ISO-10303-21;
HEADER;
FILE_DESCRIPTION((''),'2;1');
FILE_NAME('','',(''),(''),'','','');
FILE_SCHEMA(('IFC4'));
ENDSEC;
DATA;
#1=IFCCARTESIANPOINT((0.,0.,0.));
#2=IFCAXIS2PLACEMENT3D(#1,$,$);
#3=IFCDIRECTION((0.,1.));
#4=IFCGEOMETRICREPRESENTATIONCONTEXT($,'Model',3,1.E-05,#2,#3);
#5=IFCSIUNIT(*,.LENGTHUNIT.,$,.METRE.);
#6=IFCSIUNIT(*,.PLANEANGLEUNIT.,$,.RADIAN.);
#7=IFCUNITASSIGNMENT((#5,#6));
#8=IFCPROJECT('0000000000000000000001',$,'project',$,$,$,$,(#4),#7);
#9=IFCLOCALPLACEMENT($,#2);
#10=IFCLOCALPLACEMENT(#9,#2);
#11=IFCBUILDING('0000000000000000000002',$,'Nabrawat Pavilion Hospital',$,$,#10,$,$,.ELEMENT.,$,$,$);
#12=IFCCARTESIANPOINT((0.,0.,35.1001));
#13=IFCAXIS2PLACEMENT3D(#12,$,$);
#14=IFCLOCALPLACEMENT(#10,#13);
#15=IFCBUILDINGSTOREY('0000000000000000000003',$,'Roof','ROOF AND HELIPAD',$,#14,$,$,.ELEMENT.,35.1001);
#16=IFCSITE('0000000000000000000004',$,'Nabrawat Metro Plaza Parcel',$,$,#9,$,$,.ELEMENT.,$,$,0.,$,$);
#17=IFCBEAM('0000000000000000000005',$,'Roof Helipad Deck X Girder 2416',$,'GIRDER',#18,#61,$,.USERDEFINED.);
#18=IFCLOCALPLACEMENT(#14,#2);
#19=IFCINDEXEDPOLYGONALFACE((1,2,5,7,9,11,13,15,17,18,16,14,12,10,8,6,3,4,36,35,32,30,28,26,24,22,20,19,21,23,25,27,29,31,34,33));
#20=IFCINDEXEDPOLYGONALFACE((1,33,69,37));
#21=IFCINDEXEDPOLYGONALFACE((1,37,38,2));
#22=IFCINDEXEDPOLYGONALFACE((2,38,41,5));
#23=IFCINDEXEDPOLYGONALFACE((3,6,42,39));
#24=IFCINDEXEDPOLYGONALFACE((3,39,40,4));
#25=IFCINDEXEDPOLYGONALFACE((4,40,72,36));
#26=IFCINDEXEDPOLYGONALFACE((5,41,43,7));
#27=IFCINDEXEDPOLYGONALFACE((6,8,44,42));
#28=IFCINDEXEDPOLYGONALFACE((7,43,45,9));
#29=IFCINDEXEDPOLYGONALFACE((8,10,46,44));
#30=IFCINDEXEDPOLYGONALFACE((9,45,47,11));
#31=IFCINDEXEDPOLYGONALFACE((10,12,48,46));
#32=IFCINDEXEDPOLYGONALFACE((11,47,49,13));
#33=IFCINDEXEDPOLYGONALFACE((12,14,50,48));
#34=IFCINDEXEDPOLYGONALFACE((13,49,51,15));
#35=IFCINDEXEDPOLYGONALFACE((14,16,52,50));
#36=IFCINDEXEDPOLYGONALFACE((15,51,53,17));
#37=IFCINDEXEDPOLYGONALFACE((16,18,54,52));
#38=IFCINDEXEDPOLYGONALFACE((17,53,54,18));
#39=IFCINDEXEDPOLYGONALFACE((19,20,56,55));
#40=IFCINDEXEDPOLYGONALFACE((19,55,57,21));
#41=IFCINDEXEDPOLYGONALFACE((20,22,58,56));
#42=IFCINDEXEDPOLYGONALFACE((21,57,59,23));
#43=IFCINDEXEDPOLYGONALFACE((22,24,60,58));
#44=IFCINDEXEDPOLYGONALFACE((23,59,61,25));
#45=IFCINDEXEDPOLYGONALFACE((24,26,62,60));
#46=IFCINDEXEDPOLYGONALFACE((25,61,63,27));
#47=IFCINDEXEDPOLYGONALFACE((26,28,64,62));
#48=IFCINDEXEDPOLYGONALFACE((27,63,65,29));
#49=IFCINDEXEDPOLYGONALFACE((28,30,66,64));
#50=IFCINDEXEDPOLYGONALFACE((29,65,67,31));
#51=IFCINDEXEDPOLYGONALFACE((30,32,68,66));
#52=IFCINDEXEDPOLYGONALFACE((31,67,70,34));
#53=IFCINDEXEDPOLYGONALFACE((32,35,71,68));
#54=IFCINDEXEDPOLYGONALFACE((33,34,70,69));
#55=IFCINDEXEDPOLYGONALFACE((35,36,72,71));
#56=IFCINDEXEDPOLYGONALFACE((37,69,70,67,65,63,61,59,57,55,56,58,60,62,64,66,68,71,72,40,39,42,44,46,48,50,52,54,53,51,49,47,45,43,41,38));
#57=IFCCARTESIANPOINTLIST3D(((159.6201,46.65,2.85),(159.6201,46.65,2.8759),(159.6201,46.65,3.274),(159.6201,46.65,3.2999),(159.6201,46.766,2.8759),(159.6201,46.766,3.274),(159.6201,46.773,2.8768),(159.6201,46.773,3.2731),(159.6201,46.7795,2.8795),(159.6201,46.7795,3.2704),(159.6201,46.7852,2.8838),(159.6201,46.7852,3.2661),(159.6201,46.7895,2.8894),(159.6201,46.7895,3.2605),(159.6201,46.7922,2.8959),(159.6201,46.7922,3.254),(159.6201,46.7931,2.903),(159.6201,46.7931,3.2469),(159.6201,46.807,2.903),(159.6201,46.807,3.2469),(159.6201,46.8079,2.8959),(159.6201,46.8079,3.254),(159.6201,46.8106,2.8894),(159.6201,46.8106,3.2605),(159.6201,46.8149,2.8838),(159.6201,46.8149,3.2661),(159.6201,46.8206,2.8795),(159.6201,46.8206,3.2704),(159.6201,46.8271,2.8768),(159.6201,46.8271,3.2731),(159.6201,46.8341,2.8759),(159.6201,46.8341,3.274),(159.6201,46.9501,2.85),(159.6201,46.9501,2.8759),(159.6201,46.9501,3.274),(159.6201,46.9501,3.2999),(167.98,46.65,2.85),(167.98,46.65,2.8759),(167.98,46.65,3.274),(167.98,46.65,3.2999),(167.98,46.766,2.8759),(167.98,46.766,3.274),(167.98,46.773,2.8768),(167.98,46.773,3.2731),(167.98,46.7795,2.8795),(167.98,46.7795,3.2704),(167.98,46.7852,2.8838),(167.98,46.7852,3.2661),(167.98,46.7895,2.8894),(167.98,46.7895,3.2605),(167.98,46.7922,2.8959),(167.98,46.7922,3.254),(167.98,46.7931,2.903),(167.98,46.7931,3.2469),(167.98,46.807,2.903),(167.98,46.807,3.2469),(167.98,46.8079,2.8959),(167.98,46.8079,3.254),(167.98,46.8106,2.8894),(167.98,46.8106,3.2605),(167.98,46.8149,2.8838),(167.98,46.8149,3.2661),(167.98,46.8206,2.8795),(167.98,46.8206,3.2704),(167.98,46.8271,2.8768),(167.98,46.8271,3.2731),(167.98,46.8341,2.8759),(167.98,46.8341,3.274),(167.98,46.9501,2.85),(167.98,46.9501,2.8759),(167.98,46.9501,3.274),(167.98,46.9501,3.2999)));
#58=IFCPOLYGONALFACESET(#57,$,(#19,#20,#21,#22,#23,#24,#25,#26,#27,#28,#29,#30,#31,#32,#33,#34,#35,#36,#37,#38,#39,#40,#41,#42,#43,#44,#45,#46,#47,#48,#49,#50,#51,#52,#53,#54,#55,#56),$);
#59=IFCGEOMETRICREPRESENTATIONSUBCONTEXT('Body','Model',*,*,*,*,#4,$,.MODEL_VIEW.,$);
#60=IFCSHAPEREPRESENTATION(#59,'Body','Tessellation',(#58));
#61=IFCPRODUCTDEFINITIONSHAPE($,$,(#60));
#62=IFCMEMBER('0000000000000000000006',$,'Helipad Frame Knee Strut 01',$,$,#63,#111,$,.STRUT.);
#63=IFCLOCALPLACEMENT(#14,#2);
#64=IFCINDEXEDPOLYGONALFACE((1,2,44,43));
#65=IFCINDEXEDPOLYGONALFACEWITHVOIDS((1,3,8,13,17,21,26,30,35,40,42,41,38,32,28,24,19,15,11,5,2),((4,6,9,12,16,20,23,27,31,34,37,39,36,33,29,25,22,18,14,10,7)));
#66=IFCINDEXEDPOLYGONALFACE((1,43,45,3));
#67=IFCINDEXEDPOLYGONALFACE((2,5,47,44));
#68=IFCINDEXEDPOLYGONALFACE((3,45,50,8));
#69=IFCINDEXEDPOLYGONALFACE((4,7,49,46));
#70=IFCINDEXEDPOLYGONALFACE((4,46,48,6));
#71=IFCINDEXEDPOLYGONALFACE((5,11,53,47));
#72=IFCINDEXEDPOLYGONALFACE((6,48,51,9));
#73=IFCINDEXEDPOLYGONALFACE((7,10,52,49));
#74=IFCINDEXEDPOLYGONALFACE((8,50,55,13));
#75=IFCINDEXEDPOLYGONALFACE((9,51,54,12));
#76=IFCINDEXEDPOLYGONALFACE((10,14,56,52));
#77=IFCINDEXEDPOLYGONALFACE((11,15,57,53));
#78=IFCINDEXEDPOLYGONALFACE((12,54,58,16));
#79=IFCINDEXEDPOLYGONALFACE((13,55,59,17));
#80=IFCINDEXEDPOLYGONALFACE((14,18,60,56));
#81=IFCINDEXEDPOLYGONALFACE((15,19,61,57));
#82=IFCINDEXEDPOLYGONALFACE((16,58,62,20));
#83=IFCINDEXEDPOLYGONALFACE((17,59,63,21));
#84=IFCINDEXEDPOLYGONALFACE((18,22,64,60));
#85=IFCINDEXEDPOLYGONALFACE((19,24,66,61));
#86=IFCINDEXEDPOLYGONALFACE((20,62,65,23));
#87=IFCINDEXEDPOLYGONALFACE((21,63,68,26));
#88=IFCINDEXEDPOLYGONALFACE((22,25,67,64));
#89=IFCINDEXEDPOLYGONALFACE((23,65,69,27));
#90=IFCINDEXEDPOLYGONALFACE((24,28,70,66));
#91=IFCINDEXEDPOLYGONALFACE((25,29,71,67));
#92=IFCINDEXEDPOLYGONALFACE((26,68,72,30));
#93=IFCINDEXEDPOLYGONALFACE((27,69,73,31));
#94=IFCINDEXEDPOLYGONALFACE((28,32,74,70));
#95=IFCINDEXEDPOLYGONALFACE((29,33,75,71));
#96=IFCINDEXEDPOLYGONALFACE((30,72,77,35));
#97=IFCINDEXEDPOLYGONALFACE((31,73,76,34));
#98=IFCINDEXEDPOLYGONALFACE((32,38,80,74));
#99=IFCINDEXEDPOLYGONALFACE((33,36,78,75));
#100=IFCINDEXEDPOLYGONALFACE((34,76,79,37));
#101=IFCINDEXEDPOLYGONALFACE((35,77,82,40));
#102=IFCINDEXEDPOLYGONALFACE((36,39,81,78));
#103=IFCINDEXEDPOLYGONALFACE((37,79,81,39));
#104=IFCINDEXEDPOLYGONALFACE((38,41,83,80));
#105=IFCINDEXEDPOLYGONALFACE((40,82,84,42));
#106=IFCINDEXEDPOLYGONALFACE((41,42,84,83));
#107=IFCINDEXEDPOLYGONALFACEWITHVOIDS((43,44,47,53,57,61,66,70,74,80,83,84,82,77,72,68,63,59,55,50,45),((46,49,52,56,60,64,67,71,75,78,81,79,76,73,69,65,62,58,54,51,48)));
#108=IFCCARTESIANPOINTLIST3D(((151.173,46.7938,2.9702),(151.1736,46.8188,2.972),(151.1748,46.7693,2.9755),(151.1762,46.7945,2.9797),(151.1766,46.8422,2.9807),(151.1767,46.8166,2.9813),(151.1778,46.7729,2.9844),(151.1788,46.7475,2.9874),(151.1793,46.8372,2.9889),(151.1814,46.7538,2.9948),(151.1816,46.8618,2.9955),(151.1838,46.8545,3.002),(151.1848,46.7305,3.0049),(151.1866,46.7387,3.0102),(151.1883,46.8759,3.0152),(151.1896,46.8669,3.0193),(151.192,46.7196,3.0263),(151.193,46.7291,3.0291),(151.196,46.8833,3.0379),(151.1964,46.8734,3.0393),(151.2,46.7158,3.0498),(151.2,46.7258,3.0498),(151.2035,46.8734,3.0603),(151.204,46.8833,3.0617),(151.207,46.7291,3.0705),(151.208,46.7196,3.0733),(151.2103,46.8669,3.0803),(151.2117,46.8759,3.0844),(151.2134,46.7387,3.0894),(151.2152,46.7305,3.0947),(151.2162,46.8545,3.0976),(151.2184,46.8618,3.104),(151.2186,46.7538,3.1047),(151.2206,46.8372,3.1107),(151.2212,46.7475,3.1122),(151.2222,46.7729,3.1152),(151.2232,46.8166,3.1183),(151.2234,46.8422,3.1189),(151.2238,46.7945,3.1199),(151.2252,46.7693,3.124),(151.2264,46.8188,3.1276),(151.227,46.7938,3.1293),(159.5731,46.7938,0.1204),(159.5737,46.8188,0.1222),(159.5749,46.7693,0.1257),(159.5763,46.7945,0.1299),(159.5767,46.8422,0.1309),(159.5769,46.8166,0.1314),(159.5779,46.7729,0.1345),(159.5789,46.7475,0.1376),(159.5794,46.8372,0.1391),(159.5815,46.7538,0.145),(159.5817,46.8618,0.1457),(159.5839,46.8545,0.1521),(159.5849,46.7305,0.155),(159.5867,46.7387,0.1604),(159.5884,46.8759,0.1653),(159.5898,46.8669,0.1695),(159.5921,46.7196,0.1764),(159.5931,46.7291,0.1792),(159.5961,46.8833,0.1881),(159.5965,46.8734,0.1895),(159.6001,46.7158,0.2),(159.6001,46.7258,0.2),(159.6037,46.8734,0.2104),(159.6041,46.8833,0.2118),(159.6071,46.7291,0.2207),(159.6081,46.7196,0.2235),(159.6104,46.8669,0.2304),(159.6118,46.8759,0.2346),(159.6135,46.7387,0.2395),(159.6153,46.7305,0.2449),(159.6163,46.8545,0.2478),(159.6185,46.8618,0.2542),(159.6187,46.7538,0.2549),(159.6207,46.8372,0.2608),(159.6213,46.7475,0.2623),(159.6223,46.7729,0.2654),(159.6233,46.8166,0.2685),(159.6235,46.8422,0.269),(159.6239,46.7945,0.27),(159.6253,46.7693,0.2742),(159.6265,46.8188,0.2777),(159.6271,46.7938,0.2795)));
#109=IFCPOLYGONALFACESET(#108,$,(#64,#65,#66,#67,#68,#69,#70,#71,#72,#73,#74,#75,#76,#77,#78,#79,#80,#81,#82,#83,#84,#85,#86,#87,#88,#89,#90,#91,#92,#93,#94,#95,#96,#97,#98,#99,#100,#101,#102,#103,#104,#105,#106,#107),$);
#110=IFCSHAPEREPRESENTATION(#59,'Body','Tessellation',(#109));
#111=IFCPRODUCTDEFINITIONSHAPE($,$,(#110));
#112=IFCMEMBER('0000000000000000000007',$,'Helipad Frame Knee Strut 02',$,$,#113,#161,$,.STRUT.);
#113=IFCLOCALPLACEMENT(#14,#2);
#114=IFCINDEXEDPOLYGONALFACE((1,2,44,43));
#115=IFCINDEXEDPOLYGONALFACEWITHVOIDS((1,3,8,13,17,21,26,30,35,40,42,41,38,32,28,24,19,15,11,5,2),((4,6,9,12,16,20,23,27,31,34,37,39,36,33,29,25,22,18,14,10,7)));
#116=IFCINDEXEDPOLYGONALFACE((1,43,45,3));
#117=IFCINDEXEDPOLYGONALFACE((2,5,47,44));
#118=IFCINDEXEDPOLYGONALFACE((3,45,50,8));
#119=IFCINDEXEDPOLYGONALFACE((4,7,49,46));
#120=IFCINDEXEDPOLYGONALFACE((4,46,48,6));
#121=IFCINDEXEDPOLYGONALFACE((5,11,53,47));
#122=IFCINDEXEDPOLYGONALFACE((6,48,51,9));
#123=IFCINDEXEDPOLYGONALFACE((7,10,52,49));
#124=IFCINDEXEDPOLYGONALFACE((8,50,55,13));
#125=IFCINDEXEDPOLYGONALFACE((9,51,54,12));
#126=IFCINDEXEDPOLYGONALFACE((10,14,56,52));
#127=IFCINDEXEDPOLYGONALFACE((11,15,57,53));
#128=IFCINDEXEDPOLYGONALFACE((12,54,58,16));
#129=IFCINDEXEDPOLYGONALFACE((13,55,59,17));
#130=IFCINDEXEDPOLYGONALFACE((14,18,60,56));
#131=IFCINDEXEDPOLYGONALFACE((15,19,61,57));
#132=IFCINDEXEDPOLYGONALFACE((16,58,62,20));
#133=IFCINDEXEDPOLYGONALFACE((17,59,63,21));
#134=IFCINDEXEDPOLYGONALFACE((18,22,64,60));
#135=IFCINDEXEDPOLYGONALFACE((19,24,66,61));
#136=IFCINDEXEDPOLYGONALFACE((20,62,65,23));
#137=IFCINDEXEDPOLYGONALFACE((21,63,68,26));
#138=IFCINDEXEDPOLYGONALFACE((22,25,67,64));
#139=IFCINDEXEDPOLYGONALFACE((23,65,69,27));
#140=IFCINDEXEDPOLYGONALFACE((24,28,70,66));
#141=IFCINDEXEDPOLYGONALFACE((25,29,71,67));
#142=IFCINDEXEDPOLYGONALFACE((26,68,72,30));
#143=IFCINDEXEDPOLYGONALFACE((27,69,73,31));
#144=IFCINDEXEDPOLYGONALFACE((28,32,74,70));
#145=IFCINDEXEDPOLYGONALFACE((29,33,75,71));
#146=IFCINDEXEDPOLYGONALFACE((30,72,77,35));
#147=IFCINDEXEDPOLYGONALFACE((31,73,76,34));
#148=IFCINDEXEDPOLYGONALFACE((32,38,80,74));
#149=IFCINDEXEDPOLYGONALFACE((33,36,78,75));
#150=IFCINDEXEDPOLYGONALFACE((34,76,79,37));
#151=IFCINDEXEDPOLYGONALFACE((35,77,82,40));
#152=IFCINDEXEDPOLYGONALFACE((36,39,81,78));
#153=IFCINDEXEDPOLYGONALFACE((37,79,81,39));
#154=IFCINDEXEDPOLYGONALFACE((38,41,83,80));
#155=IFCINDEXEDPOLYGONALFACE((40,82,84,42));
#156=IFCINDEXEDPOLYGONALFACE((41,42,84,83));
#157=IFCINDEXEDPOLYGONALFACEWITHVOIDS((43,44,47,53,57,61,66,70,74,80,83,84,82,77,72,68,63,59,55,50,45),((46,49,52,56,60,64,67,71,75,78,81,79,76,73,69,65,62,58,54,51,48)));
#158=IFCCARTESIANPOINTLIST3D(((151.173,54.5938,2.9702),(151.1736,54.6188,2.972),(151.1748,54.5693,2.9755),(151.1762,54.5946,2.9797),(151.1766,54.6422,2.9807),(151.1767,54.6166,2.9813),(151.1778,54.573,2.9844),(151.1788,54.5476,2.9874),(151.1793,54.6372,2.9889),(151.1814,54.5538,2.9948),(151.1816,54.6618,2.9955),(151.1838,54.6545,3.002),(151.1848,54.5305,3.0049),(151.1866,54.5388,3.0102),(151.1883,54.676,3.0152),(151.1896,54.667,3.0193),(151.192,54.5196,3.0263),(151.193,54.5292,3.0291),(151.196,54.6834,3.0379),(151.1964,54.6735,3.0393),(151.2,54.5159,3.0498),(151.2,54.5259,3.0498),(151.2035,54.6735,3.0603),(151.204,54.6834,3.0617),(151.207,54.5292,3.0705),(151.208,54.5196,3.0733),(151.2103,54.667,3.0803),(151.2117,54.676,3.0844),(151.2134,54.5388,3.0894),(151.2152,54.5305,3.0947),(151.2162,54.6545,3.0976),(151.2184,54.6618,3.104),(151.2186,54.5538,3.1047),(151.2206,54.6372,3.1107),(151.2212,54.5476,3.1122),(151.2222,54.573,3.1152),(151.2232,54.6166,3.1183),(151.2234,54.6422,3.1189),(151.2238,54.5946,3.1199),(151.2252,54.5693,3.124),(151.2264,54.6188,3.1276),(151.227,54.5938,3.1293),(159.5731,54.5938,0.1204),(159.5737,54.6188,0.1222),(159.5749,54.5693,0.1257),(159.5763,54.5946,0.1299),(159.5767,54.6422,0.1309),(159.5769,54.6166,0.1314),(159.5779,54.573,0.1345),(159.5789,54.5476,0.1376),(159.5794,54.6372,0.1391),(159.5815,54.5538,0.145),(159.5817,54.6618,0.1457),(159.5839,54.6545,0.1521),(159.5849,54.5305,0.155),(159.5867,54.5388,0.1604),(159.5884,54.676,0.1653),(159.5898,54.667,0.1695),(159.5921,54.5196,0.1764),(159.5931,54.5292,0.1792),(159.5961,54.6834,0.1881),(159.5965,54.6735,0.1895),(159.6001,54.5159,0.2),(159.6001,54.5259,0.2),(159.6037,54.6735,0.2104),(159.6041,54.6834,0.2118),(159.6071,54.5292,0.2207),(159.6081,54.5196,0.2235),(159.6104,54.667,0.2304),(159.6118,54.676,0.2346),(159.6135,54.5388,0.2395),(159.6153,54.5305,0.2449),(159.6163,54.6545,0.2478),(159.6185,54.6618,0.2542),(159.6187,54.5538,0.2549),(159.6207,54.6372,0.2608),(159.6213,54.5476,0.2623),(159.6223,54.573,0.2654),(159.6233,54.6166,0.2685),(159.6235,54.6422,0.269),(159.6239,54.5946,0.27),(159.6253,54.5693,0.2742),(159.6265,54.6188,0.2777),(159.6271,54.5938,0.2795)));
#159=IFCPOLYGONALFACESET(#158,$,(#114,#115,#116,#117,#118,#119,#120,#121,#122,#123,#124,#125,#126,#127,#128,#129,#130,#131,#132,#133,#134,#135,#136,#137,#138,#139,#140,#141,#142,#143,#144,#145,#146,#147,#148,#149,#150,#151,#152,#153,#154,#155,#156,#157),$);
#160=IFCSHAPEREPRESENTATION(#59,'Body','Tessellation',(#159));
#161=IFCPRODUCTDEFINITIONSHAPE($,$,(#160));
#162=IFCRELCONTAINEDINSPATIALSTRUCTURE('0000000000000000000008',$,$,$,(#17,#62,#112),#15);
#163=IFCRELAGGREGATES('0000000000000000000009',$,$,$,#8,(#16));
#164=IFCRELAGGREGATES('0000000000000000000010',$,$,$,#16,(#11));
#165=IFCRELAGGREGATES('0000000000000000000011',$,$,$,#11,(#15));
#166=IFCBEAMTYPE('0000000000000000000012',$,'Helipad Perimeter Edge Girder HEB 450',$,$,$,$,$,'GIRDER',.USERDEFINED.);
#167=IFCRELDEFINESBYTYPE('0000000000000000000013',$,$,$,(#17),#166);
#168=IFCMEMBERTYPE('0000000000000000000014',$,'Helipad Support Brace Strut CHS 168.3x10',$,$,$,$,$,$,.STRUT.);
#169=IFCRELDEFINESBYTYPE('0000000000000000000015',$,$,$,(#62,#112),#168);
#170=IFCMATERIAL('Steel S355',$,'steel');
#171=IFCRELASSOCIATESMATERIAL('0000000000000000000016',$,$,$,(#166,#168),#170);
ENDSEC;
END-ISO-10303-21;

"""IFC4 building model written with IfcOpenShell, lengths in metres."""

from ifc_helpers import new_model, si_unit, direction, frame, origin, origin_2d, place, context, subcontext, project, spatial, hollow_circle, i_section, extrude, material, material_profile, profile_set, type_object, element, save


model = new_model("IFC4")

# Units and contexts
model_context = context("Model", 3, precision=1e-05, world=origin(), true_north=direction((0.0, 1.0)))
body_context = subcontext(model_context, "Body", "Model", "MODEL_VIEW")
ifc_project = project(units=[si_unit("LENGTHUNIT", "METRE"), si_unit("PLANEANGLEUNIT", "RADIAN")], contexts=[model_context])

# Site, building, storey
site_placement = place(None, origin())
site = spatial("IfcSite", under=ifc_project, at=site_placement, Name="Nabrawat Metro Plaza Parcel", CompositionType="ELEMENT", RefElevation=0.0)
building_placement = place(site_placement, origin())
building = spatial("IfcBuilding", under=site, at=building_placement, Name="Nabrawat Pavilion Hospital", CompositionType="ELEMENT")
storey_placement = place(building_placement, frame((0.0, 0.0, 35.1001)))
storey = spatial("IfcBuildingStorey", under=building, at=storey_placement, Name="Roof", Description="ROOF AND HELIPAD", CompositionType="ELEMENT", Elevation=35.1001)

# Shared definitions
ifc_material_1 = material(Name="Steel S355", Category="steel")

# Beam
ifc_material_profile_1 = material_profile(ifc_material_1, i_section(OverallWidth=0.3, OverallDepth=0.45, WebThickness=0.0139, FlangeThickness=0.0259, FilletRadius=0.0271, at=origin_2d()), Name="HEB 450")
ifc_profile_set_1 = profile_set([ifc_material_profile_1], Name="Steel S355")
beam_type_1 = type_object("IfcBeamType", Name="Helipad Perimeter Edge Girder HEB 450", ElementType="GIRDER", PredefinedType="USERDEFINED", material=ifc_profile_set_1)
for number, where, z_axis, x_axis, name in (
    (1, (159.6201, 46.8, 3.075), (1.0, 0.0, 0.0), (0.0, 1.0, 0.0), "Roof Helipad Deck X Girder 2416"),
):
    element("IfcBeam", number, at=place(storey_placement, frame(where, z_axis=z_axis, x_axis=x_axis)), inside=storey, type_object=beam_type_1, Name=name, ObjectType="GIRDER", PredefinedType="USERDEFINED", context=body_context, shape_type="SweptSolid", body=[
        extrude(i_section(OverallWidth=0.3, OverallDepth=0.45, WebThickness=0.0139, FlangeThickness=0.0259, FilletRadius=0.0271, at=origin_2d()), origin(), (0.0, 0.0, 1.0), 8.3599),
    ])

# Members
ifc_material_profile_2 = material_profile(ifc_material_1, hollow_circle(Radius=0.0842, WallThickness=0.01, at=origin_2d()), Name="CHS 168.3x10")
ifc_profile_set_2 = profile_set([ifc_material_profile_2], Name="Steel S355")
member_type = type_object("IfcMemberType", Name="Helipad Support Brace Strut CHS 168.3x10", PredefinedType="STRUT", material=ifc_profile_set_2)
for number, where, z_axis, x_axis, name in (
    (2, (159.6001, 46.8, 0.2), (-0.946985, 0.0, 0.321277), (0.0, -1.0, 0.0), "Helipad Frame Knee Strut 01"),
    (3, (159.6001, 54.6001, 0.2), (-0.946985, 0.0, 0.321277), (0.0, -1.0, 0.0), "Helipad Frame Knee Strut 02"),
):
    element("IfcMember", number, at=place(storey_placement, frame(where, z_axis=z_axis, x_axis=x_axis)), inside=storey, type_object=member_type, Name=name, PredefinedType="STRUT", context=body_context, shape_type="SweptSolid", body=[
        extrude(hollow_circle(Radius=0.0842, WallThickness=0.01, at=origin_2d()), origin(), (0.0, 0.0, 1.0), 8.8704),
    ])

save(model, "model.ifc")
